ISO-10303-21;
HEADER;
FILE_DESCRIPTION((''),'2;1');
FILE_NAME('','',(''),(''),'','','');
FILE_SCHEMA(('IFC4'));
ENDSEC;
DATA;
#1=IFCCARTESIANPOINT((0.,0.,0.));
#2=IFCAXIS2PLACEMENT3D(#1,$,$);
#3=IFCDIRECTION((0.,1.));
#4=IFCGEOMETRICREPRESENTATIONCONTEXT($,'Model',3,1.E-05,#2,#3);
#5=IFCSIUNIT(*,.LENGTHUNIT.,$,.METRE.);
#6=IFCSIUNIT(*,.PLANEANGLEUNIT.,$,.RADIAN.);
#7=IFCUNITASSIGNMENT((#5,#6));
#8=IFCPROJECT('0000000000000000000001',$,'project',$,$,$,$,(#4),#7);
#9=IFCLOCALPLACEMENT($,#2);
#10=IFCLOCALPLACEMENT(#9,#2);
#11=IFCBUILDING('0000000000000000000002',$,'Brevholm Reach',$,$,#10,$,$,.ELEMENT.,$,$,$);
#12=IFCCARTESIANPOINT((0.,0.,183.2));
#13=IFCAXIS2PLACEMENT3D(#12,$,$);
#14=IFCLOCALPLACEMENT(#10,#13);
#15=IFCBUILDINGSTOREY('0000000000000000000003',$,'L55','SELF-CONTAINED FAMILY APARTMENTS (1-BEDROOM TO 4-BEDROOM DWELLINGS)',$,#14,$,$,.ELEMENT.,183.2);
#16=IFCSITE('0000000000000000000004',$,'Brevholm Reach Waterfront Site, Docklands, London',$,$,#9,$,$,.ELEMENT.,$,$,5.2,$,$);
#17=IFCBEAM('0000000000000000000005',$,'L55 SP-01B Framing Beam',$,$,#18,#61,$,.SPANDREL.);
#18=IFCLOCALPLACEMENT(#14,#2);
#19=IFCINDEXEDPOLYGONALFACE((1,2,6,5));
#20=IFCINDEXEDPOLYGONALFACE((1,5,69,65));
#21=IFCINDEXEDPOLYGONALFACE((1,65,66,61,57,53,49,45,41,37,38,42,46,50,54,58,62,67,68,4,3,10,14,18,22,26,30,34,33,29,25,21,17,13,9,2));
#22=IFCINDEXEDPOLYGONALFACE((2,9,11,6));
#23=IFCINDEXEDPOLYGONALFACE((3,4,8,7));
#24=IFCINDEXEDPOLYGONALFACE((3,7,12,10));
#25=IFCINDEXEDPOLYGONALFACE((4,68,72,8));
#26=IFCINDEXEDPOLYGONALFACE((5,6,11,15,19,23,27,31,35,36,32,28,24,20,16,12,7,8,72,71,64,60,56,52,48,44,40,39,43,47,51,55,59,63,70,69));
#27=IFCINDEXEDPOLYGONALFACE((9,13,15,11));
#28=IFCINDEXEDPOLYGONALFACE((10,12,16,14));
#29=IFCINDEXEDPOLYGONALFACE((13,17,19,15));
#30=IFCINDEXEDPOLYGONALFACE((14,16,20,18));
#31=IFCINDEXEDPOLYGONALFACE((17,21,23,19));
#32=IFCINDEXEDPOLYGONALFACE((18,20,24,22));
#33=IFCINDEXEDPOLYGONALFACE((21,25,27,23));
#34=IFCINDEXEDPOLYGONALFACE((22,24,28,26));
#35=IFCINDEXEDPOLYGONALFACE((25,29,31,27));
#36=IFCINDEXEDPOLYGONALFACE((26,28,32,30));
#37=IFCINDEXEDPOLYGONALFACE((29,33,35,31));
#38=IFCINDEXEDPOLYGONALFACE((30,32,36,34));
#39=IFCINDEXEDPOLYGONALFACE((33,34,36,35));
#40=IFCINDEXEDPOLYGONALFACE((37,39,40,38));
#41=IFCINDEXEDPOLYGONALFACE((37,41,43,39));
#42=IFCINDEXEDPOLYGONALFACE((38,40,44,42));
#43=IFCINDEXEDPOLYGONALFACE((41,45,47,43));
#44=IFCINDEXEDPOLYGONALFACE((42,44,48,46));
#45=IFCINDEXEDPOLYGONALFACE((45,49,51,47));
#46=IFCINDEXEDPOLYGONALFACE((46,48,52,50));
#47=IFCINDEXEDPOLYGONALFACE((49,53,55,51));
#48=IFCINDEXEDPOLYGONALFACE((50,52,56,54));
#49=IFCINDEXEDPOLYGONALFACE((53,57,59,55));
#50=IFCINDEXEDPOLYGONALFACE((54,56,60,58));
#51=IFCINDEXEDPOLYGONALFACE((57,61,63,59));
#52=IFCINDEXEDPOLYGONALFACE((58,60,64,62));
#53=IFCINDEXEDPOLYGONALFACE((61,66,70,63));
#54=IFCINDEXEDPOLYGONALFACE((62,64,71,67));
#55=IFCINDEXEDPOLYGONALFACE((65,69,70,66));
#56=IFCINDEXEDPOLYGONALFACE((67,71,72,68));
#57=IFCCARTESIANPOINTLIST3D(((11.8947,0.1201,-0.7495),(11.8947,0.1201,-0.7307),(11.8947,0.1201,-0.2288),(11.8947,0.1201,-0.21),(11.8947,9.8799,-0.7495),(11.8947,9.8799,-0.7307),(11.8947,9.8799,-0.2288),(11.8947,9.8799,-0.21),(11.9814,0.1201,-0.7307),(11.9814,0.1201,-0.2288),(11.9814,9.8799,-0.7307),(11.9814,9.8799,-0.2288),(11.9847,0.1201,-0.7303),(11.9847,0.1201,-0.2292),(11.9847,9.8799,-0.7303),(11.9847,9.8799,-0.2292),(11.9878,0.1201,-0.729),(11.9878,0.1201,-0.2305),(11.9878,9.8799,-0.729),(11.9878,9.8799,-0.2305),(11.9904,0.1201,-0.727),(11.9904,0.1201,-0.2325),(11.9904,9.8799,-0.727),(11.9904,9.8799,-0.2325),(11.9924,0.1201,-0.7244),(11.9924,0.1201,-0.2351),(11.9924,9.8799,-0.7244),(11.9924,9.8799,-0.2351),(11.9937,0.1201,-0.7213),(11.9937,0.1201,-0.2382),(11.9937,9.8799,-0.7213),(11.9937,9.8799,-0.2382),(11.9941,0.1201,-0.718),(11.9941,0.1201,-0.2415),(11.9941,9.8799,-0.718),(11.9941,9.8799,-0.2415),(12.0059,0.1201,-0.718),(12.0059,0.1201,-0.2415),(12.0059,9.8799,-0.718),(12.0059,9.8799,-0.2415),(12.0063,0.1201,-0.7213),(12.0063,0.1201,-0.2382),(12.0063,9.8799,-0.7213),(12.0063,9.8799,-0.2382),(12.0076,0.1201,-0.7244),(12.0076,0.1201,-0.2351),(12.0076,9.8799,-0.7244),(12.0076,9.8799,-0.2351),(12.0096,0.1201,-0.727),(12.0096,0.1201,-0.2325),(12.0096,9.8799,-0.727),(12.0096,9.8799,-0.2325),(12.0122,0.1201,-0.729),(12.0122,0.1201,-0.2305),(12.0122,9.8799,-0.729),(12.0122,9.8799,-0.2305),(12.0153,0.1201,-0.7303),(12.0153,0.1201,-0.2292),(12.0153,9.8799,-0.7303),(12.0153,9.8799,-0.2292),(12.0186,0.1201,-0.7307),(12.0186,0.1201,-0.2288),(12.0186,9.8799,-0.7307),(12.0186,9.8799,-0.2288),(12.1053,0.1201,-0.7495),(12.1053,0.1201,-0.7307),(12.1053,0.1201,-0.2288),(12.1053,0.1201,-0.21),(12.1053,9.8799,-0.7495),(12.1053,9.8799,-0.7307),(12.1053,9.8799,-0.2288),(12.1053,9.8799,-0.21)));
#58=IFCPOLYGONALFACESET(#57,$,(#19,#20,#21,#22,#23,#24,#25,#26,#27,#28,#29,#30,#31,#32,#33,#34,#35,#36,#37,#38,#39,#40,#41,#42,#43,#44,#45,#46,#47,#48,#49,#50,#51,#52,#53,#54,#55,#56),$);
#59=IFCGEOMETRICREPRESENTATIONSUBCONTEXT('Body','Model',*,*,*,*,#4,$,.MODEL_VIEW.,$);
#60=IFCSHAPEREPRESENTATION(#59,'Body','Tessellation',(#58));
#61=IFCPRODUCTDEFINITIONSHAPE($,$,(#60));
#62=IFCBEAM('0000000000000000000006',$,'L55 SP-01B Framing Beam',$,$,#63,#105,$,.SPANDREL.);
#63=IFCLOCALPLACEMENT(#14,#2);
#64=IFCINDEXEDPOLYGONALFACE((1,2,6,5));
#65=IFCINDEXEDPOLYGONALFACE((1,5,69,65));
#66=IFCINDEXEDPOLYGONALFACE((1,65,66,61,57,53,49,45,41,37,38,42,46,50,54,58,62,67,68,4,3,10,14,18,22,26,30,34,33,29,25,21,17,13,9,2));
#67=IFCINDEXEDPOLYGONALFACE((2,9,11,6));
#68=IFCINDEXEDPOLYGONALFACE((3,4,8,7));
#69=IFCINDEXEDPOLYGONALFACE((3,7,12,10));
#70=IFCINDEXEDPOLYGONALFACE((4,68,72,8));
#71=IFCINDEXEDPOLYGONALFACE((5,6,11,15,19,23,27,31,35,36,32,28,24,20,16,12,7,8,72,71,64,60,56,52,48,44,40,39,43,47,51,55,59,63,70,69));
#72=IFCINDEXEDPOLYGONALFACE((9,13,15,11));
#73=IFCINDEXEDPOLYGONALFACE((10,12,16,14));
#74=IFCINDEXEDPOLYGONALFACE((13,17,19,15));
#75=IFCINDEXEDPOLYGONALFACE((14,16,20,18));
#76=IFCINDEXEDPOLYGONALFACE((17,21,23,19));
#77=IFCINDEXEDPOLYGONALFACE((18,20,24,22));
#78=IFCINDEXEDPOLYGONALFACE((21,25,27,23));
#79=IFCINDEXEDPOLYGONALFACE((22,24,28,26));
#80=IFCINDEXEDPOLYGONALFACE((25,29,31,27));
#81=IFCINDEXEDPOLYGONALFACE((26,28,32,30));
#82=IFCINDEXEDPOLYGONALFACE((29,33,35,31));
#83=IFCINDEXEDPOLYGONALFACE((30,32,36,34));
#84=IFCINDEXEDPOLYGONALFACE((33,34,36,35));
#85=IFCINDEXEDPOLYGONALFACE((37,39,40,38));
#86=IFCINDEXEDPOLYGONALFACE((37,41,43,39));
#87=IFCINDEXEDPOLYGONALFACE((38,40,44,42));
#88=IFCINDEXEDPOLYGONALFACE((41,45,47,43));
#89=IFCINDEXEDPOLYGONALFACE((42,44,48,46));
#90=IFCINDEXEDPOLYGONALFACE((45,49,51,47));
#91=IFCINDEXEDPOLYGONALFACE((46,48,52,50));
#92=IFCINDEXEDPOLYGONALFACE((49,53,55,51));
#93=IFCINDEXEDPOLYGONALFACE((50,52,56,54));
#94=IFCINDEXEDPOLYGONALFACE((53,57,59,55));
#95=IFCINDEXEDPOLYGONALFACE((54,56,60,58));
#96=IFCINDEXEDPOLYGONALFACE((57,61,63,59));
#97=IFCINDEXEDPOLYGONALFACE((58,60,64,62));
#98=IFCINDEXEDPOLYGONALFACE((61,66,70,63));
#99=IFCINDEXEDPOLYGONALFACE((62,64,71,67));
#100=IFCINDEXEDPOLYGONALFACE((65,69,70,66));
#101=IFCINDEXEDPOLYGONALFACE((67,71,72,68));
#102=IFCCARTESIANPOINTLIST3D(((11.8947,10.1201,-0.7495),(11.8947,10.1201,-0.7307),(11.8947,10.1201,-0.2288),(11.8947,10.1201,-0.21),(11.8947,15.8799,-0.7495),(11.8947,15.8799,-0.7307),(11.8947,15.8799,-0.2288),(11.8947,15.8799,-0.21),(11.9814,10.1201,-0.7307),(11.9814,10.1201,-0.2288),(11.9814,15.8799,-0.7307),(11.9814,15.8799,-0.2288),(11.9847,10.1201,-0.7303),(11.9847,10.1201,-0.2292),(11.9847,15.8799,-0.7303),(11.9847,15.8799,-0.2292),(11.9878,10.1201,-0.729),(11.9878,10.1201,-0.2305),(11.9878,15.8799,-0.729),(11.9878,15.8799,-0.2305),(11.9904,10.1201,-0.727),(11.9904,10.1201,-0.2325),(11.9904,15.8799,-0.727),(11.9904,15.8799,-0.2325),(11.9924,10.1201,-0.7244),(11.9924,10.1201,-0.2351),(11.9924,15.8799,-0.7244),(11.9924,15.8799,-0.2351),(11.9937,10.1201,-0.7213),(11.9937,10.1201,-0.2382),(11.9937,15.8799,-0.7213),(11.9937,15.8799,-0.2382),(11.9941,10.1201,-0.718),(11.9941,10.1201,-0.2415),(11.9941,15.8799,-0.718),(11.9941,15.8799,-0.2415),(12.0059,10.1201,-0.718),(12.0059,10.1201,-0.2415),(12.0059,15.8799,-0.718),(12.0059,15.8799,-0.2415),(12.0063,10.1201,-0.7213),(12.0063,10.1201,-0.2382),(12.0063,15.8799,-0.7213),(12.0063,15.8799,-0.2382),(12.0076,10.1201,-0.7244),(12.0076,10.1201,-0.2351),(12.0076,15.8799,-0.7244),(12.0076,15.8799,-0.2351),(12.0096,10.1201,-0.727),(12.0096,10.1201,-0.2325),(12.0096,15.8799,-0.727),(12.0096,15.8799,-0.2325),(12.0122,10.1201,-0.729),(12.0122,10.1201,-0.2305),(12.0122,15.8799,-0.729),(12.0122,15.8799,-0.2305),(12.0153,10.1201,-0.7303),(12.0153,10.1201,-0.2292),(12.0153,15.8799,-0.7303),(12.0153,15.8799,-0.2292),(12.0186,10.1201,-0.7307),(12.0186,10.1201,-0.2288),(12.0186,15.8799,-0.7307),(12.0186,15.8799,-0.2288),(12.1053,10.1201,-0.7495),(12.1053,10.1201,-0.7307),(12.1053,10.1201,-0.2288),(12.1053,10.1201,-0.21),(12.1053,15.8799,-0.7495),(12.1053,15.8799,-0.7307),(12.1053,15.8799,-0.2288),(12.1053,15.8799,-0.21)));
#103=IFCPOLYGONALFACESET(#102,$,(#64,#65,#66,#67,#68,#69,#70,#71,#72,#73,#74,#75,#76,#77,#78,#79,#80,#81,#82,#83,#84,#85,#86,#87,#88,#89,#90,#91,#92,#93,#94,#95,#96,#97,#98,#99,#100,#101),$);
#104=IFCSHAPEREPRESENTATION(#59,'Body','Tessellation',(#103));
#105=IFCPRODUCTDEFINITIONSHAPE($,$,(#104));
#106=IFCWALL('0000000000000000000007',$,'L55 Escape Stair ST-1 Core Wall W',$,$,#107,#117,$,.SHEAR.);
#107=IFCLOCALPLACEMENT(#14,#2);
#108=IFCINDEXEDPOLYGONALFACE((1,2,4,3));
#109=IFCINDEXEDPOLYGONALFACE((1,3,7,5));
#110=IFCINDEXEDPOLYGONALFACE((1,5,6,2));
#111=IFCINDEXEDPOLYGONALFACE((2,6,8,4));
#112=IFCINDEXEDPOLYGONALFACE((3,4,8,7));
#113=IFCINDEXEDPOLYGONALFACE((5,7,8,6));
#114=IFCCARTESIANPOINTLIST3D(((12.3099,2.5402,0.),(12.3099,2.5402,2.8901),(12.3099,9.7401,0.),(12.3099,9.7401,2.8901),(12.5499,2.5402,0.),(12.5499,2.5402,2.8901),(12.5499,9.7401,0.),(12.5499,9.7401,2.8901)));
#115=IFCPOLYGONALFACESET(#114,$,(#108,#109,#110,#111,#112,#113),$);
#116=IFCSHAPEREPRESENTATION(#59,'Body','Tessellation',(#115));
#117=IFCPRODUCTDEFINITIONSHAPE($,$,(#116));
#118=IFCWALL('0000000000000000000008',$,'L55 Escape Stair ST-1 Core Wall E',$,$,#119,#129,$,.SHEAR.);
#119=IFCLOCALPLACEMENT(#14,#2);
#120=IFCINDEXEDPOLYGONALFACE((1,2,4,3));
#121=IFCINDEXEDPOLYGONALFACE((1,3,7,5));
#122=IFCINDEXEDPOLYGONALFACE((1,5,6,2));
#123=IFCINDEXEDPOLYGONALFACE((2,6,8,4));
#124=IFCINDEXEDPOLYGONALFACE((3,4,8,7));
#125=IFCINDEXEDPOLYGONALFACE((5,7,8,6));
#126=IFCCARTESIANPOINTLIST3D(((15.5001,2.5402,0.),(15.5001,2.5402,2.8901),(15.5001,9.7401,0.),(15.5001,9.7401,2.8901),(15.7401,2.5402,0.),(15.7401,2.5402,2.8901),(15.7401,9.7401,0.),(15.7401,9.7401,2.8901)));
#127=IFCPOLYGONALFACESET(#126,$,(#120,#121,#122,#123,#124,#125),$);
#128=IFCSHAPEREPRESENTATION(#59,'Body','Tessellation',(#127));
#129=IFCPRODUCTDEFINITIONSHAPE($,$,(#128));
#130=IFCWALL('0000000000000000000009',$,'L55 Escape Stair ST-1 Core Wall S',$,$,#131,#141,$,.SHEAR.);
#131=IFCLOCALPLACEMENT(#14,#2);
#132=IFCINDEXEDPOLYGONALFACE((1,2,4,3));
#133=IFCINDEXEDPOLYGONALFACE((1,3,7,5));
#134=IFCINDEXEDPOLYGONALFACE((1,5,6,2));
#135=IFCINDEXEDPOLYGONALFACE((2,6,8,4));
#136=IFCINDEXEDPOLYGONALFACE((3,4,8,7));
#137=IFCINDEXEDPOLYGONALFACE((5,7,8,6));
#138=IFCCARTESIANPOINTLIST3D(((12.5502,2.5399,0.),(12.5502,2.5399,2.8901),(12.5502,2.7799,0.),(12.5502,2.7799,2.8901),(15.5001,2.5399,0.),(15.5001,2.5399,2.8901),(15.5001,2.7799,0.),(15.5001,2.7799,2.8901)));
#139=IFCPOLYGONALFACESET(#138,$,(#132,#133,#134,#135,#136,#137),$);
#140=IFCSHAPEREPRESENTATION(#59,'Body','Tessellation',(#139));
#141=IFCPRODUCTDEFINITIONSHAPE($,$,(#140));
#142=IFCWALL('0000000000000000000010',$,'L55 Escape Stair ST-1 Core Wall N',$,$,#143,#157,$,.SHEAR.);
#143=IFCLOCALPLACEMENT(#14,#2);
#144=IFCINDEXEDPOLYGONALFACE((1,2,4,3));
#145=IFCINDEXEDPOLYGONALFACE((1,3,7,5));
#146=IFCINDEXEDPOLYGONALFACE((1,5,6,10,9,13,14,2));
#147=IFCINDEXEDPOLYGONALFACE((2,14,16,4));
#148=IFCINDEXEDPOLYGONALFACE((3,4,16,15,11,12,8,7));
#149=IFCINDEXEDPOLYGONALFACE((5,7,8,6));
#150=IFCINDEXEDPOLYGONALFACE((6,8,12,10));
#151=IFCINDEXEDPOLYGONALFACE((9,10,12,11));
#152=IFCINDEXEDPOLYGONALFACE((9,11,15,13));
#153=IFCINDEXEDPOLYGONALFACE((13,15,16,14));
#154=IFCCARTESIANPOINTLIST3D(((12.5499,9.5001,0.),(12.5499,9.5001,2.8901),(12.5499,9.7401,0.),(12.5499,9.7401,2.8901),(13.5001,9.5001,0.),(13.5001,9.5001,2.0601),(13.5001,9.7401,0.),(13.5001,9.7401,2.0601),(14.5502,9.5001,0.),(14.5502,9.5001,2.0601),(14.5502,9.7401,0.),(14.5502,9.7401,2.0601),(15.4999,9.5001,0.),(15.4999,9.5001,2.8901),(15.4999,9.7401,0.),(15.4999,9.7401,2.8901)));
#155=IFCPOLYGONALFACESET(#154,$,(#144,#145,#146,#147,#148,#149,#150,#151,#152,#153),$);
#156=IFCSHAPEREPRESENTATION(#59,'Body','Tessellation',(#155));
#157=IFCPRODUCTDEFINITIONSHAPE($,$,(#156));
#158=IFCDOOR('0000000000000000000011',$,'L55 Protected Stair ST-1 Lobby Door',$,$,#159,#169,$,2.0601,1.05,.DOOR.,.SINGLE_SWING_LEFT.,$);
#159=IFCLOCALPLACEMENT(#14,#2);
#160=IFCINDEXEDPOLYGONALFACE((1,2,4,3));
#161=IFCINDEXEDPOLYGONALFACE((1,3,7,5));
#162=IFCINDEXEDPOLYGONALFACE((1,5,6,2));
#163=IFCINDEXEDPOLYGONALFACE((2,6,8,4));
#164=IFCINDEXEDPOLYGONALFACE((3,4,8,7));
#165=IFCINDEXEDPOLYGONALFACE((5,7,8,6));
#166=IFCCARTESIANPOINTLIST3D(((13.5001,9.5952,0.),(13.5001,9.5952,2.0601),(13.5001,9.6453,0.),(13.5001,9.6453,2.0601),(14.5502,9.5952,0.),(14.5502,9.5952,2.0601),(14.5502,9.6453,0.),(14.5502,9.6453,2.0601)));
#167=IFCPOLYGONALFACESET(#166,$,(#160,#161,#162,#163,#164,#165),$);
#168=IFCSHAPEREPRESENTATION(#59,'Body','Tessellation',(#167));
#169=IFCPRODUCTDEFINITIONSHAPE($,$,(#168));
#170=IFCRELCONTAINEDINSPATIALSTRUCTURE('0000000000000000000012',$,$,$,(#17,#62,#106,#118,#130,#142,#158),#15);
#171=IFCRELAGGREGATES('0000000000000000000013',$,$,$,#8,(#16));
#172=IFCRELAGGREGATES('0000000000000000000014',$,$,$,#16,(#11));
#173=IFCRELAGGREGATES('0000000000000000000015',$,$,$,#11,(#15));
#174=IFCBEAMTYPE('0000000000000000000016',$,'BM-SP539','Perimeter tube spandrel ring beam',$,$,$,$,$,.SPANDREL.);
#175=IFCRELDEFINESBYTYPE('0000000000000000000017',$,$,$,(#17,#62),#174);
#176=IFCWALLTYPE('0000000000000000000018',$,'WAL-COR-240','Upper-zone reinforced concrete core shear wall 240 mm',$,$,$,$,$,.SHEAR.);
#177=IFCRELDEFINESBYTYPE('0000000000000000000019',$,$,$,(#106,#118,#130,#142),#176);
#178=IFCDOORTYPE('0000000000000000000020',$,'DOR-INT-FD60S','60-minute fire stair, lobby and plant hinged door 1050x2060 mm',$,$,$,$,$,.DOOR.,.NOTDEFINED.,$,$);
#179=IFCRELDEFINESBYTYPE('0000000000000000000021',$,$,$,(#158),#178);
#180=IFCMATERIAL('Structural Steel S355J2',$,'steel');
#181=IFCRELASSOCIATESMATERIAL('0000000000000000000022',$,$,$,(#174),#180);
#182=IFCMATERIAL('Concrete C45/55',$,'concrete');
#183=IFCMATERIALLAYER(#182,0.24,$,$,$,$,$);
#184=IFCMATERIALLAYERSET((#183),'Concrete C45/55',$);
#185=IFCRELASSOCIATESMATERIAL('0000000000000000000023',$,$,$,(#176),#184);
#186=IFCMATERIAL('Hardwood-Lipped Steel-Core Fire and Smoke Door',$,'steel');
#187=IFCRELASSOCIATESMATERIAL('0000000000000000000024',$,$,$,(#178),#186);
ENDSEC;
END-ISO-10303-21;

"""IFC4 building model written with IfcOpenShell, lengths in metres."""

from ifc_helpers import new_model, si_unit, direction, frame, frame_2d, origin, origin_2d, place, context, subcontext, project, spatial, rectangle, i_section, extrude, material, layer, layer_set, material_profile, profile_set, type_object, element, fill, save


model = new_model("IFC4")

# Units and contexts
model_context = context("Model", 3, precision=1e-05, world=origin(), true_north=direction((0.0, 1.0)))
body_context = subcontext(model_context, "Body", "Model", "MODEL_VIEW")
ifc_project = project(units=[si_unit("LENGTHUNIT", "METRE"), si_unit("PLANEANGLEUNIT", "RADIAN")], contexts=[model_context])

# Site, building, storey
site_placement = place(None, origin())
site = spatial("IfcSite", under=ifc_project, at=site_placement, Name="Brevholm Reach Waterfront Site, Docklands, London", CompositionType="ELEMENT", RefElevation=5.2)
building_placement = place(site_placement, origin())
building = spatial("IfcBuilding", under=site, at=building_placement, Name="Brevholm Reach", CompositionType="ELEMENT")
storey_placement = place(building_placement, frame((0.0, 0.0, 183.2)))
storey = spatial("IfcBuildingStorey", under=building, at=storey_placement, Name="L55", Description="SELF-CONTAINED FAMILY APARTMENTS (1-BEDROOM TO 4-BEDROOM DWELLINGS)", CompositionType="ELEMENT", Elevation=183.2)

# Beams
ifc_material_1 = material(Name="Structural Steel S355J2", Category="steel")
ifc_material_profile_1 = material_profile(ifc_material_1, i_section(OverallWidth=0.2107, OverallDepth=0.5396, WebThickness=0.0117, FlangeThickness=0.0188, FilletRadius=0.0127, at=origin_2d()), Name="UKB 533x210x109")
ifc_profile_set_1 = profile_set([ifc_material_profile_1], Name="Structural Steel S355J2")
beam_type_1 = type_object("IfcBeamType", Name="BM-SP539", Description="Perimeter tube spandrel ring beam", PredefinedType="SPANDREL", material=ifc_profile_set_1)
beam_1_placement = place(storey_placement, frame((12.0, 0.1201, -0.4797), z_axis=(0.0, 1.0, 0.0), x_axis=(-1.0, 0.0, 0.0)))
element("IfcBeam", 1, at=beam_1_placement, inside=storey, type_object=beam_type_1, Name="L55 SP-01B Framing Beam", PredefinedType="SPANDREL", context=body_context, shape_type="SweptSolid", body=[
    extrude(i_section(OverallWidth=0.2107, OverallDepth=0.5396, WebThickness=0.0117, FlangeThickness=0.0188, FilletRadius=0.0127, at=origin_2d()), origin(), (0.0, 0.0, 1.0), 9.7598),
])
beam_2_placement = place(storey_placement, frame((12.0, 10.1201, -0.4797), z_axis=(0.0, 1.0, 0.0), x_axis=(-1.0, 0.0, 0.0)))
element("IfcBeam", 2, at=beam_2_placement, inside=storey, type_object=beam_type_1, Name="L55 SP-01B Framing Beam", PredefinedType="SPANDREL", context=body_context, shape_type="SweptSolid", body=[
    extrude(i_section(OverallWidth=0.2107, OverallDepth=0.5396, WebThickness=0.0117, FlangeThickness=0.0188, FilletRadius=0.0127, at=origin_2d()), origin(), (0.0, 0.0, 1.0), 5.7598),
])

# Walls
ifc_material_2 = material(Name="Concrete C45/55", Category="concrete")
ifc_layer_1 = layer(ifc_material_2, 0.24)
ifc_layer_set_1 = layer_set([ifc_layer_1], Name="Concrete C45/55")
wall_type_1 = type_object("IfcWallType", Name="WAL-COR-240", Description="Upper-zone reinforced concrete core shear wall 240 mm", PredefinedType="SHEAR", material=ifc_layer_set_1)
for number, where, z_axis, x_axis, name in (
    (3, (12.4299, 2.54, 0.0), (0.0, 0.0, 1.0), (0.0, 1.0, 0.0), "L55 Escape Stair ST-1 Core Wall W"),
    (4, (15.6201, 2.54, 0.0), (0.0, 0.0, 1.0), (0.0, 1.0, 0.0), "L55 Escape Stair ST-1 Core Wall E"),
):
    element("IfcWall", number, at=place(storey_placement, frame(where, z_axis=z_axis, x_axis=x_axis)), inside=storey, type_object=wall_type_1, Name=name, PredefinedType="SHEAR", context=body_context, shape_type="SweptSolid", body=[
        extrude(rectangle(XDim=7.2, YDim=0.24, at=frame_2d((3.6001, 0.0))), origin(), (0.0, 0.0, 1.0), 2.8901),
    ])
wall_1_placement = place(storey_placement, frame((12.55, 2.6599, 0.0), z_axis=(0.0, 0.0, 1.0), x_axis=(1.0, 0.0, 0.0)))
element("IfcWall", 5, at=wall_1_placement, inside=storey, type_object=wall_type_1, Name="L55 Escape Stair ST-1 Core Wall S", PredefinedType="SHEAR", context=body_context, shape_type="SweptSolid", body=[
    extrude(rectangle(XDim=2.95, YDim=0.24, at=frame_2d((1.4751, 0.0))), origin(), (0.0, 0.0, 1.0), 2.8901),
])

# Wall, opening, door
wall_2_placement = place(storey_placement, frame((15.5, 9.6201, 0.0), z_axis=(0.0, 0.0, 1.0), x_axis=(-1.0, 0.0, 0.0)))
wall_2 = element("IfcWall", 6, at=wall_2_placement, inside=storey, type_object=wall_type_1, Name="L55 Escape Stair ST-1 Core Wall N", PredefinedType="SHEAR", context=body_context, shape_type="SweptSolid", body=[
    extrude(rectangle(XDim=2.95, YDim=0.24, at=frame_2d((1.4751, 0.0))), origin(), (0.0, 0.0, 1.0), 2.8901),
])
opening_1_placement = place(wall_2_placement, frame((0.95, 0.0, 0.0)))
opening_1 = element("IfcOpeningElement", 7, at=opening_1_placement, cuts=wall_2, PredefinedType="OPENING", context=body_context, shape_type="SweptSolid", body=[
    extrude(rectangle(XDim=1.05, YDim=2.0601, at=frame_2d((0.5249, 1.03))), frame((0.0, 0.1299, 0.0), z_axis=(0.0, -1.0, 0.0), x_axis=(1.0, 0.0, 0.0)), (0.0, 0.0, 1.0), 0.26),
])
ifc_material_3 = material(Name="Hardwood-Lipped Steel-Core Fire and Smoke Door", Category="steel")
door_type_1 = type_object("IfcDoorType", Name="DOR-INT-FD60S", Description="60-minute fire stair, lobby and plant hinged door 1050x2060 mm", OperationType="NOTDEFINED", PredefinedType="DOOR", material=ifc_material_3)
door_1_placement = place(opening_1_placement, origin())
door_1 = element("IfcDoor", 8, at=door_1_placement, inside=storey, type_object=door_type_1, Name="L55 Protected Stair ST-1 Lobby Door", OperationType="SINGLE_SWING_LEFT", OverallHeight=2.0601, OverallWidth=1.05, PredefinedType="DOOR", context=body_context, shape_type="SweptSolid", body=[
    extrude(rectangle(XDim=1.05, YDim=2.0601, at=frame_2d((0.5249, 1.03))), frame((0.0, 0.0249, 0.0), z_axis=(0.0, -1.0, 0.0), x_axis=(1.0, 0.0, 0.0)), (0.0, 0.0, 1.0), 0.05),
])
fill(opening_1, door_1)

save(model, "model.ifc")
